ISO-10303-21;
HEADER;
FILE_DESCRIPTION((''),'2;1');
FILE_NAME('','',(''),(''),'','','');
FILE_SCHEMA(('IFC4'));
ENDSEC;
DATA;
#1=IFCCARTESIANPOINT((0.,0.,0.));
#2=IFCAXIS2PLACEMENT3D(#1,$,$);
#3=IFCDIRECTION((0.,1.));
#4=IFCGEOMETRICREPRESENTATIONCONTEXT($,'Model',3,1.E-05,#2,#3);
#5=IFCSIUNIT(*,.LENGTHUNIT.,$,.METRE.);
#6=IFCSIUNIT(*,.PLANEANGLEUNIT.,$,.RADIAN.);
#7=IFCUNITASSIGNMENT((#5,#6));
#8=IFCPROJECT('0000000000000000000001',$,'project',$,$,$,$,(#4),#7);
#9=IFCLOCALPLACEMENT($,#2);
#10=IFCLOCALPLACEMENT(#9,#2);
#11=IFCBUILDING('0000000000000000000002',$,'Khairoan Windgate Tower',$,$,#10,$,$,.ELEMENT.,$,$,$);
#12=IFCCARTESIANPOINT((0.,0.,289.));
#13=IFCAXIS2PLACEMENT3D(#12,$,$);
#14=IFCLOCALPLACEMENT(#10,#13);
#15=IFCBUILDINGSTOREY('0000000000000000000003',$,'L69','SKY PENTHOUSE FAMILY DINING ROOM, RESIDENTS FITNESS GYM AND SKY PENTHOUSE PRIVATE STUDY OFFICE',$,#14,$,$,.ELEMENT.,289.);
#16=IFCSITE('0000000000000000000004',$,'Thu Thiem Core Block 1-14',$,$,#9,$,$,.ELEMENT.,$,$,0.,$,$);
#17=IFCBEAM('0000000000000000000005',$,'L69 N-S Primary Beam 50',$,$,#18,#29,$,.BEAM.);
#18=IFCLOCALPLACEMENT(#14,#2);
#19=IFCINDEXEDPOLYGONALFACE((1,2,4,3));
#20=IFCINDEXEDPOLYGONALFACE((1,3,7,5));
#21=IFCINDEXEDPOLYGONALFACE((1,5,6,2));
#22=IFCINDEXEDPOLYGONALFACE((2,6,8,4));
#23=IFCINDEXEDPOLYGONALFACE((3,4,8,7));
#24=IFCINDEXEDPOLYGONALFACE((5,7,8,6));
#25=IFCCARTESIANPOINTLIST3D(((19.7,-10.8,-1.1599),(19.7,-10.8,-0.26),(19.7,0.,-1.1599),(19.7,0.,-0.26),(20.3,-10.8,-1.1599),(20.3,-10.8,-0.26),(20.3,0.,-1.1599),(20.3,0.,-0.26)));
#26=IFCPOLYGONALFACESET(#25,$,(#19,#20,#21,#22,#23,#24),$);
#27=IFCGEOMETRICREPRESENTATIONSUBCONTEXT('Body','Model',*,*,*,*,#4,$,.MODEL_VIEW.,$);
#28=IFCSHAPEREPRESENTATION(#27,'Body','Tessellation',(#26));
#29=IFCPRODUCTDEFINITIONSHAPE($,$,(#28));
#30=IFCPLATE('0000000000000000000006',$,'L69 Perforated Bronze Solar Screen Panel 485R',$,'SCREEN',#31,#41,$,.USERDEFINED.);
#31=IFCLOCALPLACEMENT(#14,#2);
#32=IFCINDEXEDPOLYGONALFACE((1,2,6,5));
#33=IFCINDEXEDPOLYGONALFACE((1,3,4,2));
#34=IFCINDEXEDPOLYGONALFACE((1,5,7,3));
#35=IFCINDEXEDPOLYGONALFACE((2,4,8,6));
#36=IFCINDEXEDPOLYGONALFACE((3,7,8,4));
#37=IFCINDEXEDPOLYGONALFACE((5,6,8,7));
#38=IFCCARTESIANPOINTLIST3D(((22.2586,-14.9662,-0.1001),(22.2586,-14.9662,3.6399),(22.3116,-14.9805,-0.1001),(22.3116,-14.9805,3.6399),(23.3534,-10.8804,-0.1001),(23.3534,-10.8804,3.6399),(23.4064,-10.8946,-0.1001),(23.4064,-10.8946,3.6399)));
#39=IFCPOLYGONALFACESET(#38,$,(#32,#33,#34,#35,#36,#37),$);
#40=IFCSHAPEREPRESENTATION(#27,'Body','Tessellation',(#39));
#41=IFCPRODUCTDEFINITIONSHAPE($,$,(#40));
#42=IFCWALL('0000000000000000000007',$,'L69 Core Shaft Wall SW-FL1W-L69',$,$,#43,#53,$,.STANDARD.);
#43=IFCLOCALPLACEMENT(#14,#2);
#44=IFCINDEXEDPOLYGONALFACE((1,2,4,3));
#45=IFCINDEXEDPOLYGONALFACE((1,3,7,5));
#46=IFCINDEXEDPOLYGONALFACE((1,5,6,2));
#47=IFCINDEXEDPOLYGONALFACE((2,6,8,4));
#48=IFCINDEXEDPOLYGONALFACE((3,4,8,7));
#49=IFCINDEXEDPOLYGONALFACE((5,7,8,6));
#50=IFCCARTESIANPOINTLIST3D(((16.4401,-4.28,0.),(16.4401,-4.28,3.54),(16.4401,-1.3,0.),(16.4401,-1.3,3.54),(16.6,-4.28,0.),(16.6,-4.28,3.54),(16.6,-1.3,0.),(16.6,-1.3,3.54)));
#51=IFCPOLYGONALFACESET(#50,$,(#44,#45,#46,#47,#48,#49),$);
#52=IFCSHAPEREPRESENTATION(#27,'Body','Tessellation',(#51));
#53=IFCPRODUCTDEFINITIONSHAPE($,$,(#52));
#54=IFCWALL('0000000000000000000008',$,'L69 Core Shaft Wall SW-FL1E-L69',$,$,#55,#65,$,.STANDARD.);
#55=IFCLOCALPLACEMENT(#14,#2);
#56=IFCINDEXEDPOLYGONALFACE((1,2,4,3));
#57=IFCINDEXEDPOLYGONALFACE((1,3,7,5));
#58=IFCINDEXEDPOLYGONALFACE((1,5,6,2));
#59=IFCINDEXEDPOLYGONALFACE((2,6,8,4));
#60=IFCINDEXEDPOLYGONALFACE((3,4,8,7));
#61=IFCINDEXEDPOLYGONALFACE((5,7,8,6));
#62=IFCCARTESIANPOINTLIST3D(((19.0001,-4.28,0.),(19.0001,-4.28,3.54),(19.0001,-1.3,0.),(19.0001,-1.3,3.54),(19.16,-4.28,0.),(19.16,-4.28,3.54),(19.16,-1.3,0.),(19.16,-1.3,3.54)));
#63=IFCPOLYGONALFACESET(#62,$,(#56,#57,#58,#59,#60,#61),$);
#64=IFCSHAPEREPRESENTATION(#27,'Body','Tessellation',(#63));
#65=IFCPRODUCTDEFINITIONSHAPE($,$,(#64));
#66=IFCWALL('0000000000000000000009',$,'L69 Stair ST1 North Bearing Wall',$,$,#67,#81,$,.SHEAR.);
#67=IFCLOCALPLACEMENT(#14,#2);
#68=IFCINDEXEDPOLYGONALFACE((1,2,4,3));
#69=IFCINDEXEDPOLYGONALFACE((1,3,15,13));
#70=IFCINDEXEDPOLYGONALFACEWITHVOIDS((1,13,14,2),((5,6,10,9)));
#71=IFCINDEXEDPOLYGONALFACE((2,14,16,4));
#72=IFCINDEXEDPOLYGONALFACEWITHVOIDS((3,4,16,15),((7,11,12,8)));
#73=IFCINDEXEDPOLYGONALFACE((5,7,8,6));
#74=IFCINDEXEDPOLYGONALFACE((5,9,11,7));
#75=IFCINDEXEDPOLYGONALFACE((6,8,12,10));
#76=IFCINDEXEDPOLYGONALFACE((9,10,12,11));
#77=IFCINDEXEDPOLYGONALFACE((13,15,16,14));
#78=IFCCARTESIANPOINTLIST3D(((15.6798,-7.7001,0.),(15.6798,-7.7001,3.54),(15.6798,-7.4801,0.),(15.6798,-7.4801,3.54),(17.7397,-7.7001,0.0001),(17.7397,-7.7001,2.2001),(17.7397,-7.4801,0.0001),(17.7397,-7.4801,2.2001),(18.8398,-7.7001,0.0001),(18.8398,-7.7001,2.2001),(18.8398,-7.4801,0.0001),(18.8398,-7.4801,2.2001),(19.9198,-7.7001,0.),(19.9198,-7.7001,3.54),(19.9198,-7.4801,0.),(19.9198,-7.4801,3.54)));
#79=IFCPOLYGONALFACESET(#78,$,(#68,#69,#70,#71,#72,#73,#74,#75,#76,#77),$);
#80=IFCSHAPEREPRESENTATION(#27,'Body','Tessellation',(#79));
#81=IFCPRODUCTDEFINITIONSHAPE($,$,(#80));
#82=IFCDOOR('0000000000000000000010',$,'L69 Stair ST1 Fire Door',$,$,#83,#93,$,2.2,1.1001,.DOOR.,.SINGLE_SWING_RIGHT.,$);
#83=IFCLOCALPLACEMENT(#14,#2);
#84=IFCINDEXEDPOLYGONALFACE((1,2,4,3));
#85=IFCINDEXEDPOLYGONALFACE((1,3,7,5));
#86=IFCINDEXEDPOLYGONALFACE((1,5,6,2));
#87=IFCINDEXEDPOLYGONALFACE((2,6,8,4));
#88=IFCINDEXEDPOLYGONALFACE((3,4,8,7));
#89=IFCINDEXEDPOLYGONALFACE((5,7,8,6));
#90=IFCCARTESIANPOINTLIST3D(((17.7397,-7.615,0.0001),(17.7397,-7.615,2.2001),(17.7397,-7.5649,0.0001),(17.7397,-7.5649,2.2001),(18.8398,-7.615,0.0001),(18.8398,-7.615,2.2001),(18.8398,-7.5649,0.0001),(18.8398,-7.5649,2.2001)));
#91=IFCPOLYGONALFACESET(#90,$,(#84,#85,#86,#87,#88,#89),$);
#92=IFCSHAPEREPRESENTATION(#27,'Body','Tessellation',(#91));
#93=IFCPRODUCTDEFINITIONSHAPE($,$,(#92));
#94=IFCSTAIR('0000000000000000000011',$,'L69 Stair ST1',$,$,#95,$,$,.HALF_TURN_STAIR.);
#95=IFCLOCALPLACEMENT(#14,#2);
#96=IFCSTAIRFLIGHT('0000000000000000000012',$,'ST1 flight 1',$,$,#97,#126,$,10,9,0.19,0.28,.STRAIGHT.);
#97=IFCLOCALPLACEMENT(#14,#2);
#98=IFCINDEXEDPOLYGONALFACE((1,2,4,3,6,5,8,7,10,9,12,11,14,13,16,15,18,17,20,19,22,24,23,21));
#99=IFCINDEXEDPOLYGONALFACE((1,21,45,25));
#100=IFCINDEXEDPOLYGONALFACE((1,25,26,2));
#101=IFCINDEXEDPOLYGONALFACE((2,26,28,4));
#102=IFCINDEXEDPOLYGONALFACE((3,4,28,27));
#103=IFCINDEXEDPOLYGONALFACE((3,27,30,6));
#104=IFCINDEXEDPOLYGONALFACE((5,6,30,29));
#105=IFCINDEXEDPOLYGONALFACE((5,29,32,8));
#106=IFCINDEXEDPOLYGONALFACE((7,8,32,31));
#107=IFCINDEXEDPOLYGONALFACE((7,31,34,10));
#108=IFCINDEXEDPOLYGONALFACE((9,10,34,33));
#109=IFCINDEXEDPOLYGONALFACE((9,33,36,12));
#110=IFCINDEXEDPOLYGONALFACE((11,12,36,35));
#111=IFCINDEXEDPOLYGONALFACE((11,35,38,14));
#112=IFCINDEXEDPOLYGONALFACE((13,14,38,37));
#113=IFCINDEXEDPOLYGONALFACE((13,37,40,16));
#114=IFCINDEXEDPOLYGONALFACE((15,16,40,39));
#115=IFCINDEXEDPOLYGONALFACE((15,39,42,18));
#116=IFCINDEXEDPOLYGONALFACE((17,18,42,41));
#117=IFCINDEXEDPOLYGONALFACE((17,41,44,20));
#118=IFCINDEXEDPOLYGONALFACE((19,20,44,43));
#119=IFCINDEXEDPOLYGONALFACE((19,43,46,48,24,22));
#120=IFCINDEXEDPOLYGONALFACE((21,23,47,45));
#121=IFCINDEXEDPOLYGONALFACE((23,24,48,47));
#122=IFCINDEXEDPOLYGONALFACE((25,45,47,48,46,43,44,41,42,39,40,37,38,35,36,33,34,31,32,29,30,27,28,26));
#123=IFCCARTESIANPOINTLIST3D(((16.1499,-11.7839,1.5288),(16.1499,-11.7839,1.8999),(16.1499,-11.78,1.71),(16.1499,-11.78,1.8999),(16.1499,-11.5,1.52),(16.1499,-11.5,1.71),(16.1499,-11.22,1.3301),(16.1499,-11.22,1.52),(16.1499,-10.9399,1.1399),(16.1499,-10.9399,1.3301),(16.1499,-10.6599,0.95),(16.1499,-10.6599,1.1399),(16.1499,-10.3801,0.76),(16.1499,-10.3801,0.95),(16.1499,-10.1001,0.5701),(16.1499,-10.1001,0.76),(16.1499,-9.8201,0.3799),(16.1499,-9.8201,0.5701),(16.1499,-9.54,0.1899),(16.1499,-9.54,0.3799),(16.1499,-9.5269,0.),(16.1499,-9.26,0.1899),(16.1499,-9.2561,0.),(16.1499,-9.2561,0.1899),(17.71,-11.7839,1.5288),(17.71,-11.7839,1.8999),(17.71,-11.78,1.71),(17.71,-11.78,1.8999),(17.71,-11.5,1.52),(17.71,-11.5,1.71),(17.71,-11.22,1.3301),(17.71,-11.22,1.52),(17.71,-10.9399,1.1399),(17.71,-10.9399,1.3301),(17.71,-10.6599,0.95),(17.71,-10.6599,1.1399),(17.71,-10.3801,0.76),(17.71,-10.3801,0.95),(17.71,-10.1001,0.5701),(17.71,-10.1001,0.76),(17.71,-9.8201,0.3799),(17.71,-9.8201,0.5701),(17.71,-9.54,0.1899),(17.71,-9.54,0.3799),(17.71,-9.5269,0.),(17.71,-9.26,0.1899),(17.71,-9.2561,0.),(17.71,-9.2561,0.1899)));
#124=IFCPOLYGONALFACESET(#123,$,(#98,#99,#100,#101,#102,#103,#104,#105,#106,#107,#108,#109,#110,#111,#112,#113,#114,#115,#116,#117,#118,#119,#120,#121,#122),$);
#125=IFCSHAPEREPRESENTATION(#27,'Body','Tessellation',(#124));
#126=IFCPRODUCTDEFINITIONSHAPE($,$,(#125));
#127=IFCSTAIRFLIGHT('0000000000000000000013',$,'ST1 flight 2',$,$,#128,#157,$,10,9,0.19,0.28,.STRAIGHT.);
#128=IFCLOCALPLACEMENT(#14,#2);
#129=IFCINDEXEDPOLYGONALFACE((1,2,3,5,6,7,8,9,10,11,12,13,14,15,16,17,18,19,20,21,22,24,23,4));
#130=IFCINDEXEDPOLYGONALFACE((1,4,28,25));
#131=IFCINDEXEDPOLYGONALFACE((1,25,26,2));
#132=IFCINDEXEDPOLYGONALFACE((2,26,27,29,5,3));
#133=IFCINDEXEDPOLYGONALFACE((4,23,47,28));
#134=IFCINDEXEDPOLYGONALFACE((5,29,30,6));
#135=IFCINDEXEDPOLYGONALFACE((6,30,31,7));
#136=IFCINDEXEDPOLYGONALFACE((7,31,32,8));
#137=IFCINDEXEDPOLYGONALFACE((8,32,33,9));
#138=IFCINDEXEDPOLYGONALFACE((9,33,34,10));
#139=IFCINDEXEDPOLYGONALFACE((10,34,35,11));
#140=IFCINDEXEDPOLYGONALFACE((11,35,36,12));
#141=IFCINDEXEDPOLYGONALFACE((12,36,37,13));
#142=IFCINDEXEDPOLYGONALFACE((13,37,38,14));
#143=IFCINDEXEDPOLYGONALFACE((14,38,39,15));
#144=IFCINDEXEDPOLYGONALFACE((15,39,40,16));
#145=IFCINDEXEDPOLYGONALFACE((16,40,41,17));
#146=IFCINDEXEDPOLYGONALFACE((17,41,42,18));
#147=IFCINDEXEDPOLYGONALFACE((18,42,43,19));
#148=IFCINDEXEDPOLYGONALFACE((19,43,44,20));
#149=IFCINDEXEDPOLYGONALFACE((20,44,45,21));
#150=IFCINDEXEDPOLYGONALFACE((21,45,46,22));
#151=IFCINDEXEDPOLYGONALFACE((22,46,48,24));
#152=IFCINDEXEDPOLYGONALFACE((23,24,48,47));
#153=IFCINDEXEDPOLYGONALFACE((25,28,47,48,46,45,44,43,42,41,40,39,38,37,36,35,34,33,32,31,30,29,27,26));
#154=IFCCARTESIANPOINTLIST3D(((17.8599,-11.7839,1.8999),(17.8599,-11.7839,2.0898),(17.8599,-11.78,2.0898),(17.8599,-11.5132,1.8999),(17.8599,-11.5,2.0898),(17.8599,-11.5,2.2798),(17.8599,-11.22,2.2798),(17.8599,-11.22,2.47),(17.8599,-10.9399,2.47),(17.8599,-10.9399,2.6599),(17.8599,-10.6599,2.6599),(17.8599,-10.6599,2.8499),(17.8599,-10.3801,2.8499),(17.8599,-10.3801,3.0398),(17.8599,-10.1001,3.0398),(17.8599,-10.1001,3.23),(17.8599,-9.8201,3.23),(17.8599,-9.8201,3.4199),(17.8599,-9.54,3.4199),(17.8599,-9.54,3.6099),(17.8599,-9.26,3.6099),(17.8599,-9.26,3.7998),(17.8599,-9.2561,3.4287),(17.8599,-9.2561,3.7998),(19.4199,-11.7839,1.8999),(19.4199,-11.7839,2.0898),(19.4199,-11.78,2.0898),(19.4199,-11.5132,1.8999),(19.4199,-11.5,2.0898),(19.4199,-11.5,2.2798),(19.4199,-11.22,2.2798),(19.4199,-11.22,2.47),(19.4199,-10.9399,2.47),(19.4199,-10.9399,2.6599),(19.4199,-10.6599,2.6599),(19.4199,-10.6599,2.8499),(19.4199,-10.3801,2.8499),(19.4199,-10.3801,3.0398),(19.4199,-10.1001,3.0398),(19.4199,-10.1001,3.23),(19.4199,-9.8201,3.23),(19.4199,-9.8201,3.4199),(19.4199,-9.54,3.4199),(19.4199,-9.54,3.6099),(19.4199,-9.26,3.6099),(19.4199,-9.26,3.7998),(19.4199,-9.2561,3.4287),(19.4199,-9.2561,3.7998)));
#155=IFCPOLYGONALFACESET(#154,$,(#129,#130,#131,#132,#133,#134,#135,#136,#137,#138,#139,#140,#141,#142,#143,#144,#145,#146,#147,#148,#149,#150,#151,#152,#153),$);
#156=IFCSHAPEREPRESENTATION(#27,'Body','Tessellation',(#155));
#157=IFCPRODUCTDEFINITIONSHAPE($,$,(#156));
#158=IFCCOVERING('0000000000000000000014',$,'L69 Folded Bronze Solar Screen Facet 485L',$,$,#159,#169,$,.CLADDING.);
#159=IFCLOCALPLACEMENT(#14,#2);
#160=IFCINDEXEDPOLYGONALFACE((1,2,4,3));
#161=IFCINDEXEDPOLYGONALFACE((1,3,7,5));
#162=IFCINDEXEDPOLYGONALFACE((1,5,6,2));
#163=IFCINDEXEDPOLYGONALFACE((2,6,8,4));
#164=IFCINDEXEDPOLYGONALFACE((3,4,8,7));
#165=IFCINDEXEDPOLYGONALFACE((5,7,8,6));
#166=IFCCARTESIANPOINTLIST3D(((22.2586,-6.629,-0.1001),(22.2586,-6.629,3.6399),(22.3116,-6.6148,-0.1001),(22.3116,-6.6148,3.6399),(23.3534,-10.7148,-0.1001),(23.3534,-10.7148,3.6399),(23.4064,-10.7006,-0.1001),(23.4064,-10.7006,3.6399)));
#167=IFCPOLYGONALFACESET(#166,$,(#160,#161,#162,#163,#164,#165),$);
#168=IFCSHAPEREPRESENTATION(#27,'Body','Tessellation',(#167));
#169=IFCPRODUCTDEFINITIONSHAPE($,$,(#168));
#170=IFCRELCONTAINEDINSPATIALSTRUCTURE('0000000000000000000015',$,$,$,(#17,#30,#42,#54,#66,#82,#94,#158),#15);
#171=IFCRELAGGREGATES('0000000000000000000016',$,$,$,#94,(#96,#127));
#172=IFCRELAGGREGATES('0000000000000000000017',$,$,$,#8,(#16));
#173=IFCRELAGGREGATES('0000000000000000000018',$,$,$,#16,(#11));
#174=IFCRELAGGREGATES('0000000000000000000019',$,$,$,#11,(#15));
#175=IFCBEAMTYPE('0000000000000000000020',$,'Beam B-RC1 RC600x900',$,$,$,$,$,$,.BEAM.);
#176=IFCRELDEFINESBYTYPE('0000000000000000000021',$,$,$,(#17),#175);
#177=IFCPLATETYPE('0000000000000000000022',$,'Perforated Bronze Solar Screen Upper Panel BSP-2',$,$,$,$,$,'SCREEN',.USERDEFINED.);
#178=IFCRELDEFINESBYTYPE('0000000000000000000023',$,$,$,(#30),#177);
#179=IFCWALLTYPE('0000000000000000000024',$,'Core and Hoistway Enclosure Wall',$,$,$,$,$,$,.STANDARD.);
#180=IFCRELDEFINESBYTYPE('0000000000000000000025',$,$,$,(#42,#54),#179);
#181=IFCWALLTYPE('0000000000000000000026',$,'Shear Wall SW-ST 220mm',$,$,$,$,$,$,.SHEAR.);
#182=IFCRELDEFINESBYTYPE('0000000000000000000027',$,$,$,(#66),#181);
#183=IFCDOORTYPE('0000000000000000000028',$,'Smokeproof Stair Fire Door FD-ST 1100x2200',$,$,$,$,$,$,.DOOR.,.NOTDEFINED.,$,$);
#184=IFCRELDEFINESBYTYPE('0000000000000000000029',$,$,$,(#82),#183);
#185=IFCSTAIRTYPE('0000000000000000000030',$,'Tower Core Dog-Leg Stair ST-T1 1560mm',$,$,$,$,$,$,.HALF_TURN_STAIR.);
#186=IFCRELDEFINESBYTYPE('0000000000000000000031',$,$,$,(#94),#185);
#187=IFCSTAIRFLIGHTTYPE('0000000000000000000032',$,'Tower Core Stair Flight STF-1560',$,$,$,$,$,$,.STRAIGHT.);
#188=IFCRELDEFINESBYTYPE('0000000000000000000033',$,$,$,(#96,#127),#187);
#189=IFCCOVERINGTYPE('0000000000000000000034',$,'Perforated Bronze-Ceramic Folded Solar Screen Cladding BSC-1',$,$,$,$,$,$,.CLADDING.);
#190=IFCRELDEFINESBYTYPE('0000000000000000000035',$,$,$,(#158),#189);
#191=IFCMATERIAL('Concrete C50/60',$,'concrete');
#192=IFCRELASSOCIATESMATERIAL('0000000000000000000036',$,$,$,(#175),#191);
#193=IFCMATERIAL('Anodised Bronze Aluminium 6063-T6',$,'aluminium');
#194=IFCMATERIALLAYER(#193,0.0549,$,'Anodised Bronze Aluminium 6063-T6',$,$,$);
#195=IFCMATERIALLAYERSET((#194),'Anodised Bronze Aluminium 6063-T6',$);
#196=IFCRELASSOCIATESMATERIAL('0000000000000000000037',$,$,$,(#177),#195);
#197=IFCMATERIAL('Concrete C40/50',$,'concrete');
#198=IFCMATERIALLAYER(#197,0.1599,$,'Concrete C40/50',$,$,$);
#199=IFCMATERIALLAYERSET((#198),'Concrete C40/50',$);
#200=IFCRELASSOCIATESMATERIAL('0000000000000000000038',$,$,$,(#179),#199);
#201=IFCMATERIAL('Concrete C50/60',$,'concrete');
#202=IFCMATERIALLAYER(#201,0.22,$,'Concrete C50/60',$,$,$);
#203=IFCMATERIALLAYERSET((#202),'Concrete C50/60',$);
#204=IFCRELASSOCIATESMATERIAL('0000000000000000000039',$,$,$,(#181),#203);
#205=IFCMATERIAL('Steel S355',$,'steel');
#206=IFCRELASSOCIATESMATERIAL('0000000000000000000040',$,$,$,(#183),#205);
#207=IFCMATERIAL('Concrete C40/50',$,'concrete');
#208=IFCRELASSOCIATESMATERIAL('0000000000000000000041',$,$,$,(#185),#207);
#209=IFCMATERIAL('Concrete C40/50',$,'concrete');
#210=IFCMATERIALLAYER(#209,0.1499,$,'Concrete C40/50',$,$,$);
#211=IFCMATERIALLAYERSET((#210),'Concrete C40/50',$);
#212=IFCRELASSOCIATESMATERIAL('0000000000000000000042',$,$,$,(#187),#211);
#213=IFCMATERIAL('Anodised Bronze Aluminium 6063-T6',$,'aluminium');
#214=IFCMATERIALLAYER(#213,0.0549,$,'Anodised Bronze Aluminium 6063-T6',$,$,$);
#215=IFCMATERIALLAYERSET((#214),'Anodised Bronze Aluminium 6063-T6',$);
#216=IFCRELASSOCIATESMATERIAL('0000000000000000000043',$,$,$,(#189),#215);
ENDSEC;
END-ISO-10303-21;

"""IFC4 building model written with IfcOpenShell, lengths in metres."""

from ifc_helpers import new_model, si_unit, direction, frame, frame_2d, origin, origin_2d, place, context, subcontext, project, spatial, polyline, rectangle, outline, extrude, material, layer, layer_set, material_profile, profile_set, type_object, element, fill, aggregate, save


model = new_model("IFC4")

# Units and contexts
model_context = context("Model", 3, precision=1e-05, world=origin(), true_north=direction((0.0, 1.0)))
body_context = subcontext(model_context, "Body", "Model", "MODEL_VIEW")
ifc_project = project(units=[si_unit("LENGTHUNIT", "METRE"), si_unit("PLANEANGLEUNIT", "RADIAN")], contexts=[model_context])

# Site, building, storey
site_placement = place(None, origin())
site = spatial("IfcSite", under=ifc_project, at=site_placement, Name="Thu Thiem Core Block 1-14", CompositionType="ELEMENT", RefElevation=0.0)
building_placement = place(site_placement, origin())
building = spatial("IfcBuilding", under=site, at=building_placement, Name="Khairoan Windgate Tower", CompositionType="ELEMENT")
storey_placement = place(building_placement, frame((0.0, 0.0, 289.0)))
storey = spatial("IfcBuildingStorey", under=building, at=storey_placement, Name="L69", Description="SKY PENTHOUSE FAMILY DINING ROOM, RESIDENTS FITNESS GYM AND SKY PENTHOUSE PRIVATE STUDY OFFICE", CompositionType="ELEMENT", Elevation=289.0)

# Beam
ifc_material_1 = material(Name="Concrete C50/60", Category="concrete")
ifc_material_profile = material_profile(ifc_material_1, rectangle(XDim=0.6001, YDim=0.8999, at=origin_2d()))
ifc_profile_set = profile_set([ifc_material_profile], Name="Concrete C50/60")
beam_type = type_object("IfcBeamType", Name="Beam B-RC1 RC600x900", PredefinedType="BEAM", material=ifc_profile_set)
beam_placement = place(storey_placement, frame((20.0, -10.8, -0.71), z_axis=(0.0, 1.0, 0.0), x_axis=(-1.0, 0.0, 0.0)))
element("IfcBeam", 1, at=beam_placement, inside=storey, type_object=beam_type, Name="L69 N-S Primary Beam 50", PredefinedType="BEAM", context=body_context, shape_type="SweptSolid", body=[
    extrude(rectangle(XDim=0.6001, YDim=0.8999, at=origin_2d()), origin(), (0.0, 0.0, 1.0), 10.8),
])

# Plate
ifc_material_2 = material(Name="Anodised Bronze Aluminium 6063-T6", Category="aluminium")
ifc_layer_1 = layer(ifc_material_2, 0.0549, Name="Anodised Bronze Aluminium 6063-T6")
ifc_layer_set_1 = layer_set([ifc_layer_1], Name="Anodised Bronze Aluminium 6063-T6")
plate_type = type_object("IfcPlateType", Name="Perforated Bronze Solar Screen Upper Panel BSP-2", ElementType="SCREEN", PredefinedType="USERDEFINED", material=ifc_layer_set_1)
plate_placement = place(storey_placement, frame((22.8325, -12.9304, -0.1001), z_axis=(0.0, 0.0, 1.0), x_axis=(-0.258819, -0.965926, 0.0)))
element("IfcPlate", 2, at=plate_placement, inside=storey, type_object=plate_type, Name="L69 Perforated Bronze Solar Screen Panel 485R", ObjectType="SCREEN", PredefinedType="USERDEFINED", context=body_context, shape_type="SweptSolid", body=[
    extrude(rectangle(XDim=4.23, YDim=0.0549, at=origin_2d()), origin(), (0.0, 0.0, 1.0), 3.74),
])

# Walls
ifc_material_3 = material(Name="Concrete C40/50", Category="concrete")
ifc_layer_2 = layer(ifc_material_3, 0.1599, Name="Concrete C40/50")
ifc_layer_set_2 = layer_set([ifc_layer_2], Name="Concrete C40/50")
wall_type_1 = type_object("IfcWallType", Name="Core and Hoistway Enclosure Wall", PredefinedType="STANDARD", material=ifc_layer_set_2)
for number, where, z_axis, x_axis, name in (
    (3, (16.52, -4.28, 0.0), (0.0, 0.0, 1.0), (0.0, 1.0, 0.0), "L69 Core Shaft Wall SW-FL1W-L69"),
    (4, (19.0801, -4.28, 0.0), (0.0, 0.0, 1.0), (0.0, 1.0, 0.0), "L69 Core Shaft Wall SW-FL1E-L69"),
):
    element("IfcWall", number, at=place(storey_placement, frame(where, z_axis=z_axis, x_axis=x_axis)), inside=storey, type_object=wall_type_1, Name=name, PredefinedType="STANDARD", context=body_context, shape_type="SweptSolid", body=[
        extrude(rectangle(XDim=2.98, YDim=0.1599, at=frame_2d((1.49, 0.0))), origin(), (0.0, 0.0, 1.0), 3.54),
    ])

# Wall, opening, door
ifc_material_4 = material(Name="Concrete C50/60", Category="concrete")
ifc_layer_3 = layer(ifc_material_4, 0.22, Name="Concrete C50/60")
ifc_layer_set_3 = layer_set([ifc_layer_3], Name="Concrete C50/60")
wall_type_2 = type_object("IfcWallType", Name="Shear Wall SW-ST 220mm", PredefinedType="SHEAR", material=ifc_layer_set_3)
wall_placement = place(storey_placement, frame((19.9199, -7.5901, 0.0), z_axis=(0.0, 0.0, 1.0), x_axis=(-1.0, 0.0, 0.0)))
wall = element("IfcWall", 5, at=wall_placement, inside=storey, type_object=wall_type_2, Name="L69 Stair ST1 North Bearing Wall", PredefinedType="SHEAR", context=body_context, shape_type="SweptSolid", body=[
    extrude(rectangle(XDim=4.24, YDim=0.22, at=frame_2d((2.1201, 0.0))), origin(), (0.0, 0.0, 1.0), 3.54),
])
opening_placement = place(wall_placement, frame((1.0801, 0.0, 0.0)))
opening = element("IfcOpeningElement", 6, at=opening_placement, cuts=wall, PredefinedType="OPENING", context=body_context, shape_type="SweptSolid", body=[
    extrude(rectangle(XDim=1.1001, YDim=2.2, at=frame_2d((0.55, 1.1001))), frame((0.0, 0.1199, 0.0), z_axis=(0.0, -1.0, 0.0), x_axis=(1.0, 0.0, 0.0)), (0.0, 0.0, 1.0), 0.24),
])
ifc_material_5 = material(Name="Steel S355", Category="steel")
door_type = type_object("IfcDoorType", Name="Smokeproof Stair Fire Door FD-ST 1100x2200", OperationType="NOTDEFINED", PredefinedType="DOOR", material=ifc_material_5)
door_placement = place(opening_placement, origin())
door = element("IfcDoor", 7, at=door_placement, inside=storey, type_object=door_type, Name="L69 Stair ST1 Fire Door", OperationType="SINGLE_SWING_RIGHT", OverallHeight=2.2, OverallWidth=1.1001, PredefinedType="DOOR", context=body_context, shape_type="SweptSolid", body=[
    extrude(rectangle(XDim=1.1001, YDim=2.2, at=frame_2d((0.55, 1.1001))), frame((0.0, 0.0249, 0.0), z_axis=(0.0, -1.0, 0.0), x_axis=(1.0, 0.0, 0.0)), (0.0, 0.0, 1.0), 0.05),
])
fill(opening, door)

# Stair, stair flights
ifc_material_6 = material(Name="Concrete C40/50", Category="concrete")
stair_type = type_object("IfcStairType", Name="Tower Core Dog-Leg Stair ST-T1 1560mm", PredefinedType="HALF_TURN_STAIR", material=ifc_material_6)
stair_placement = place(storey_placement, origin())
stair = element("IfcStair", 8, at=stair_placement, inside=storey, type_object=stair_type, Name="L69 Stair ST1", PredefinedType="HALF_TURN_STAIR")
ifc_material_7 = material(Name="Concrete C40/50", Category="concrete")
ifc_layer_4 = layer(ifc_material_7, 0.1499, Name="Concrete C40/50")
ifc_layer_set_4 = layer_set([ifc_layer_4], Name="Concrete C40/50")
stair_flight_type = type_object("IfcStairFlightType", Name="Tower Core Stair Flight STF-1560", PredefinedType="STRAIGHT", material=ifc_layer_set_4)
stair_flight_1_placement = place(storey_placement, frame((16.9299, -9.26, 0.0), z_axis=(0.0, 0.0, 1.0), x_axis=(0.0, -1.0, 0.0)))
stair_flight_1 = element("IfcStairFlight", 9, at=stair_flight_1_placement, type_object=stair_flight_type, Name="ST1 flight 1", NumberOfRisers=10, NumberOfTreads=9, PredefinedType="STRAIGHT", RiserHeight=0.19, TreadLength=0.28, context=body_context, shape_type="SweptSolid", body=[
    extrude(outline(polyline([(-0.0039, 0.0), (-0.0039, 0.1899), (0.0, 0.1899), (0.28, 0.1899), (0.28, 0.3799), (0.5601, 0.3799), (0.5601, 0.5701), (0.8401, 0.5701), (0.8401, 0.76), (1.1201, 0.76), (1.1201, 0.95), (1.3999, 0.95), (1.3999, 1.1399), (1.6799, 1.1399), (1.6799, 1.3301), (1.96, 1.3301), (1.96, 1.52), (2.24, 1.52), (2.24, 1.71), (2.52, 1.71), (2.52, 1.8999), (2.5239, 1.8999), (2.5239, 1.5288), (0.2668, 0.0), (-0.0039, 0.0)])), frame((0.0, 0.78, 0.0), z_axis=(0.0, -1.0, 0.0), x_axis=(1.0, 0.0, 0.0)), (0.0, 0.0, 1.0), 1.5601),
])
stair_flight_2_placement = place(storey_placement, frame((18.6399, -11.78, 1.8999), z_axis=(0.0, 0.0, 1.0), x_axis=(0.0, 1.0, 0.0)))
stair_flight_2 = element("IfcStairFlight", 10, at=stair_flight_2_placement, type_object=stair_flight_type, Name="ST1 flight 2", NumberOfRisers=10, NumberOfTreads=9, PredefinedType="STRAIGHT", RiserHeight=0.19, TreadLength=0.28, context=body_context, shape_type="SweptSolid", body=[
    extrude(outline(polyline([(-0.0039, 0.0), (-0.0039, 0.1899), (0.0, 0.1899), (0.28, 0.1899), (0.28, 0.3799), (0.5601, 0.3799), (0.5601, 0.5701), (0.8401, 0.5701), (0.8401, 0.76), (1.1201, 0.76), (1.1201, 0.95), (1.3999, 0.95), (1.3999, 1.1399), (1.6799, 1.1399), (1.6799, 1.3301), (1.96, 1.3301), (1.96, 1.52), (2.24, 1.52), (2.24, 1.71), (2.52, 1.71), (2.52, 1.8999), (2.5239, 1.8999), (2.5239, 1.5288), (0.2668, 0.0), (-0.0039, 0.0)])), frame((0.0, 0.78, 0.0), z_axis=(0.0, -1.0, 0.0), x_axis=(1.0, 0.0, 0.0)), (0.0, 0.0, 1.0), 1.5601),
])
aggregate(stair, [stair_flight_1, stair_flight_2])

# Covering
ifc_material_8 = material(Name="Anodised Bronze Aluminium 6063-T6", Category="aluminium")
ifc_layer_5 = layer(ifc_material_8, 0.0549, Name="Anodised Bronze Aluminium 6063-T6")
ifc_layer_set_5 = layer_set([ifc_layer_5], Name="Anodised Bronze Aluminium 6063-T6")
covering_type = type_object("IfcCoveringType", Name="Perforated Bronze-Ceramic Folded Solar Screen Cladding BSC-1", PredefinedType="CLADDING", material=ifc_layer_set_5)
covering_placement = place(storey_placement, frame((22.8325, -8.6648, -0.1001), z_axis=(0.0, 0.0, 1.0), x_axis=(0.258819, -0.965926, 0.0)))
element("IfcCovering", 11, at=covering_placement, inside=storey, type_object=covering_type, Name="L69 Folded Bronze Solar Screen Facet 485L", PredefinedType="CLADDING", context=body_context, shape_type="SweptSolid", body=[
    extrude(rectangle(XDim=4.23, YDim=0.0549, at=origin_2d()), origin(), (0.0, 0.0, 1.0), 3.74),
])

save(model, "model.ifc")
